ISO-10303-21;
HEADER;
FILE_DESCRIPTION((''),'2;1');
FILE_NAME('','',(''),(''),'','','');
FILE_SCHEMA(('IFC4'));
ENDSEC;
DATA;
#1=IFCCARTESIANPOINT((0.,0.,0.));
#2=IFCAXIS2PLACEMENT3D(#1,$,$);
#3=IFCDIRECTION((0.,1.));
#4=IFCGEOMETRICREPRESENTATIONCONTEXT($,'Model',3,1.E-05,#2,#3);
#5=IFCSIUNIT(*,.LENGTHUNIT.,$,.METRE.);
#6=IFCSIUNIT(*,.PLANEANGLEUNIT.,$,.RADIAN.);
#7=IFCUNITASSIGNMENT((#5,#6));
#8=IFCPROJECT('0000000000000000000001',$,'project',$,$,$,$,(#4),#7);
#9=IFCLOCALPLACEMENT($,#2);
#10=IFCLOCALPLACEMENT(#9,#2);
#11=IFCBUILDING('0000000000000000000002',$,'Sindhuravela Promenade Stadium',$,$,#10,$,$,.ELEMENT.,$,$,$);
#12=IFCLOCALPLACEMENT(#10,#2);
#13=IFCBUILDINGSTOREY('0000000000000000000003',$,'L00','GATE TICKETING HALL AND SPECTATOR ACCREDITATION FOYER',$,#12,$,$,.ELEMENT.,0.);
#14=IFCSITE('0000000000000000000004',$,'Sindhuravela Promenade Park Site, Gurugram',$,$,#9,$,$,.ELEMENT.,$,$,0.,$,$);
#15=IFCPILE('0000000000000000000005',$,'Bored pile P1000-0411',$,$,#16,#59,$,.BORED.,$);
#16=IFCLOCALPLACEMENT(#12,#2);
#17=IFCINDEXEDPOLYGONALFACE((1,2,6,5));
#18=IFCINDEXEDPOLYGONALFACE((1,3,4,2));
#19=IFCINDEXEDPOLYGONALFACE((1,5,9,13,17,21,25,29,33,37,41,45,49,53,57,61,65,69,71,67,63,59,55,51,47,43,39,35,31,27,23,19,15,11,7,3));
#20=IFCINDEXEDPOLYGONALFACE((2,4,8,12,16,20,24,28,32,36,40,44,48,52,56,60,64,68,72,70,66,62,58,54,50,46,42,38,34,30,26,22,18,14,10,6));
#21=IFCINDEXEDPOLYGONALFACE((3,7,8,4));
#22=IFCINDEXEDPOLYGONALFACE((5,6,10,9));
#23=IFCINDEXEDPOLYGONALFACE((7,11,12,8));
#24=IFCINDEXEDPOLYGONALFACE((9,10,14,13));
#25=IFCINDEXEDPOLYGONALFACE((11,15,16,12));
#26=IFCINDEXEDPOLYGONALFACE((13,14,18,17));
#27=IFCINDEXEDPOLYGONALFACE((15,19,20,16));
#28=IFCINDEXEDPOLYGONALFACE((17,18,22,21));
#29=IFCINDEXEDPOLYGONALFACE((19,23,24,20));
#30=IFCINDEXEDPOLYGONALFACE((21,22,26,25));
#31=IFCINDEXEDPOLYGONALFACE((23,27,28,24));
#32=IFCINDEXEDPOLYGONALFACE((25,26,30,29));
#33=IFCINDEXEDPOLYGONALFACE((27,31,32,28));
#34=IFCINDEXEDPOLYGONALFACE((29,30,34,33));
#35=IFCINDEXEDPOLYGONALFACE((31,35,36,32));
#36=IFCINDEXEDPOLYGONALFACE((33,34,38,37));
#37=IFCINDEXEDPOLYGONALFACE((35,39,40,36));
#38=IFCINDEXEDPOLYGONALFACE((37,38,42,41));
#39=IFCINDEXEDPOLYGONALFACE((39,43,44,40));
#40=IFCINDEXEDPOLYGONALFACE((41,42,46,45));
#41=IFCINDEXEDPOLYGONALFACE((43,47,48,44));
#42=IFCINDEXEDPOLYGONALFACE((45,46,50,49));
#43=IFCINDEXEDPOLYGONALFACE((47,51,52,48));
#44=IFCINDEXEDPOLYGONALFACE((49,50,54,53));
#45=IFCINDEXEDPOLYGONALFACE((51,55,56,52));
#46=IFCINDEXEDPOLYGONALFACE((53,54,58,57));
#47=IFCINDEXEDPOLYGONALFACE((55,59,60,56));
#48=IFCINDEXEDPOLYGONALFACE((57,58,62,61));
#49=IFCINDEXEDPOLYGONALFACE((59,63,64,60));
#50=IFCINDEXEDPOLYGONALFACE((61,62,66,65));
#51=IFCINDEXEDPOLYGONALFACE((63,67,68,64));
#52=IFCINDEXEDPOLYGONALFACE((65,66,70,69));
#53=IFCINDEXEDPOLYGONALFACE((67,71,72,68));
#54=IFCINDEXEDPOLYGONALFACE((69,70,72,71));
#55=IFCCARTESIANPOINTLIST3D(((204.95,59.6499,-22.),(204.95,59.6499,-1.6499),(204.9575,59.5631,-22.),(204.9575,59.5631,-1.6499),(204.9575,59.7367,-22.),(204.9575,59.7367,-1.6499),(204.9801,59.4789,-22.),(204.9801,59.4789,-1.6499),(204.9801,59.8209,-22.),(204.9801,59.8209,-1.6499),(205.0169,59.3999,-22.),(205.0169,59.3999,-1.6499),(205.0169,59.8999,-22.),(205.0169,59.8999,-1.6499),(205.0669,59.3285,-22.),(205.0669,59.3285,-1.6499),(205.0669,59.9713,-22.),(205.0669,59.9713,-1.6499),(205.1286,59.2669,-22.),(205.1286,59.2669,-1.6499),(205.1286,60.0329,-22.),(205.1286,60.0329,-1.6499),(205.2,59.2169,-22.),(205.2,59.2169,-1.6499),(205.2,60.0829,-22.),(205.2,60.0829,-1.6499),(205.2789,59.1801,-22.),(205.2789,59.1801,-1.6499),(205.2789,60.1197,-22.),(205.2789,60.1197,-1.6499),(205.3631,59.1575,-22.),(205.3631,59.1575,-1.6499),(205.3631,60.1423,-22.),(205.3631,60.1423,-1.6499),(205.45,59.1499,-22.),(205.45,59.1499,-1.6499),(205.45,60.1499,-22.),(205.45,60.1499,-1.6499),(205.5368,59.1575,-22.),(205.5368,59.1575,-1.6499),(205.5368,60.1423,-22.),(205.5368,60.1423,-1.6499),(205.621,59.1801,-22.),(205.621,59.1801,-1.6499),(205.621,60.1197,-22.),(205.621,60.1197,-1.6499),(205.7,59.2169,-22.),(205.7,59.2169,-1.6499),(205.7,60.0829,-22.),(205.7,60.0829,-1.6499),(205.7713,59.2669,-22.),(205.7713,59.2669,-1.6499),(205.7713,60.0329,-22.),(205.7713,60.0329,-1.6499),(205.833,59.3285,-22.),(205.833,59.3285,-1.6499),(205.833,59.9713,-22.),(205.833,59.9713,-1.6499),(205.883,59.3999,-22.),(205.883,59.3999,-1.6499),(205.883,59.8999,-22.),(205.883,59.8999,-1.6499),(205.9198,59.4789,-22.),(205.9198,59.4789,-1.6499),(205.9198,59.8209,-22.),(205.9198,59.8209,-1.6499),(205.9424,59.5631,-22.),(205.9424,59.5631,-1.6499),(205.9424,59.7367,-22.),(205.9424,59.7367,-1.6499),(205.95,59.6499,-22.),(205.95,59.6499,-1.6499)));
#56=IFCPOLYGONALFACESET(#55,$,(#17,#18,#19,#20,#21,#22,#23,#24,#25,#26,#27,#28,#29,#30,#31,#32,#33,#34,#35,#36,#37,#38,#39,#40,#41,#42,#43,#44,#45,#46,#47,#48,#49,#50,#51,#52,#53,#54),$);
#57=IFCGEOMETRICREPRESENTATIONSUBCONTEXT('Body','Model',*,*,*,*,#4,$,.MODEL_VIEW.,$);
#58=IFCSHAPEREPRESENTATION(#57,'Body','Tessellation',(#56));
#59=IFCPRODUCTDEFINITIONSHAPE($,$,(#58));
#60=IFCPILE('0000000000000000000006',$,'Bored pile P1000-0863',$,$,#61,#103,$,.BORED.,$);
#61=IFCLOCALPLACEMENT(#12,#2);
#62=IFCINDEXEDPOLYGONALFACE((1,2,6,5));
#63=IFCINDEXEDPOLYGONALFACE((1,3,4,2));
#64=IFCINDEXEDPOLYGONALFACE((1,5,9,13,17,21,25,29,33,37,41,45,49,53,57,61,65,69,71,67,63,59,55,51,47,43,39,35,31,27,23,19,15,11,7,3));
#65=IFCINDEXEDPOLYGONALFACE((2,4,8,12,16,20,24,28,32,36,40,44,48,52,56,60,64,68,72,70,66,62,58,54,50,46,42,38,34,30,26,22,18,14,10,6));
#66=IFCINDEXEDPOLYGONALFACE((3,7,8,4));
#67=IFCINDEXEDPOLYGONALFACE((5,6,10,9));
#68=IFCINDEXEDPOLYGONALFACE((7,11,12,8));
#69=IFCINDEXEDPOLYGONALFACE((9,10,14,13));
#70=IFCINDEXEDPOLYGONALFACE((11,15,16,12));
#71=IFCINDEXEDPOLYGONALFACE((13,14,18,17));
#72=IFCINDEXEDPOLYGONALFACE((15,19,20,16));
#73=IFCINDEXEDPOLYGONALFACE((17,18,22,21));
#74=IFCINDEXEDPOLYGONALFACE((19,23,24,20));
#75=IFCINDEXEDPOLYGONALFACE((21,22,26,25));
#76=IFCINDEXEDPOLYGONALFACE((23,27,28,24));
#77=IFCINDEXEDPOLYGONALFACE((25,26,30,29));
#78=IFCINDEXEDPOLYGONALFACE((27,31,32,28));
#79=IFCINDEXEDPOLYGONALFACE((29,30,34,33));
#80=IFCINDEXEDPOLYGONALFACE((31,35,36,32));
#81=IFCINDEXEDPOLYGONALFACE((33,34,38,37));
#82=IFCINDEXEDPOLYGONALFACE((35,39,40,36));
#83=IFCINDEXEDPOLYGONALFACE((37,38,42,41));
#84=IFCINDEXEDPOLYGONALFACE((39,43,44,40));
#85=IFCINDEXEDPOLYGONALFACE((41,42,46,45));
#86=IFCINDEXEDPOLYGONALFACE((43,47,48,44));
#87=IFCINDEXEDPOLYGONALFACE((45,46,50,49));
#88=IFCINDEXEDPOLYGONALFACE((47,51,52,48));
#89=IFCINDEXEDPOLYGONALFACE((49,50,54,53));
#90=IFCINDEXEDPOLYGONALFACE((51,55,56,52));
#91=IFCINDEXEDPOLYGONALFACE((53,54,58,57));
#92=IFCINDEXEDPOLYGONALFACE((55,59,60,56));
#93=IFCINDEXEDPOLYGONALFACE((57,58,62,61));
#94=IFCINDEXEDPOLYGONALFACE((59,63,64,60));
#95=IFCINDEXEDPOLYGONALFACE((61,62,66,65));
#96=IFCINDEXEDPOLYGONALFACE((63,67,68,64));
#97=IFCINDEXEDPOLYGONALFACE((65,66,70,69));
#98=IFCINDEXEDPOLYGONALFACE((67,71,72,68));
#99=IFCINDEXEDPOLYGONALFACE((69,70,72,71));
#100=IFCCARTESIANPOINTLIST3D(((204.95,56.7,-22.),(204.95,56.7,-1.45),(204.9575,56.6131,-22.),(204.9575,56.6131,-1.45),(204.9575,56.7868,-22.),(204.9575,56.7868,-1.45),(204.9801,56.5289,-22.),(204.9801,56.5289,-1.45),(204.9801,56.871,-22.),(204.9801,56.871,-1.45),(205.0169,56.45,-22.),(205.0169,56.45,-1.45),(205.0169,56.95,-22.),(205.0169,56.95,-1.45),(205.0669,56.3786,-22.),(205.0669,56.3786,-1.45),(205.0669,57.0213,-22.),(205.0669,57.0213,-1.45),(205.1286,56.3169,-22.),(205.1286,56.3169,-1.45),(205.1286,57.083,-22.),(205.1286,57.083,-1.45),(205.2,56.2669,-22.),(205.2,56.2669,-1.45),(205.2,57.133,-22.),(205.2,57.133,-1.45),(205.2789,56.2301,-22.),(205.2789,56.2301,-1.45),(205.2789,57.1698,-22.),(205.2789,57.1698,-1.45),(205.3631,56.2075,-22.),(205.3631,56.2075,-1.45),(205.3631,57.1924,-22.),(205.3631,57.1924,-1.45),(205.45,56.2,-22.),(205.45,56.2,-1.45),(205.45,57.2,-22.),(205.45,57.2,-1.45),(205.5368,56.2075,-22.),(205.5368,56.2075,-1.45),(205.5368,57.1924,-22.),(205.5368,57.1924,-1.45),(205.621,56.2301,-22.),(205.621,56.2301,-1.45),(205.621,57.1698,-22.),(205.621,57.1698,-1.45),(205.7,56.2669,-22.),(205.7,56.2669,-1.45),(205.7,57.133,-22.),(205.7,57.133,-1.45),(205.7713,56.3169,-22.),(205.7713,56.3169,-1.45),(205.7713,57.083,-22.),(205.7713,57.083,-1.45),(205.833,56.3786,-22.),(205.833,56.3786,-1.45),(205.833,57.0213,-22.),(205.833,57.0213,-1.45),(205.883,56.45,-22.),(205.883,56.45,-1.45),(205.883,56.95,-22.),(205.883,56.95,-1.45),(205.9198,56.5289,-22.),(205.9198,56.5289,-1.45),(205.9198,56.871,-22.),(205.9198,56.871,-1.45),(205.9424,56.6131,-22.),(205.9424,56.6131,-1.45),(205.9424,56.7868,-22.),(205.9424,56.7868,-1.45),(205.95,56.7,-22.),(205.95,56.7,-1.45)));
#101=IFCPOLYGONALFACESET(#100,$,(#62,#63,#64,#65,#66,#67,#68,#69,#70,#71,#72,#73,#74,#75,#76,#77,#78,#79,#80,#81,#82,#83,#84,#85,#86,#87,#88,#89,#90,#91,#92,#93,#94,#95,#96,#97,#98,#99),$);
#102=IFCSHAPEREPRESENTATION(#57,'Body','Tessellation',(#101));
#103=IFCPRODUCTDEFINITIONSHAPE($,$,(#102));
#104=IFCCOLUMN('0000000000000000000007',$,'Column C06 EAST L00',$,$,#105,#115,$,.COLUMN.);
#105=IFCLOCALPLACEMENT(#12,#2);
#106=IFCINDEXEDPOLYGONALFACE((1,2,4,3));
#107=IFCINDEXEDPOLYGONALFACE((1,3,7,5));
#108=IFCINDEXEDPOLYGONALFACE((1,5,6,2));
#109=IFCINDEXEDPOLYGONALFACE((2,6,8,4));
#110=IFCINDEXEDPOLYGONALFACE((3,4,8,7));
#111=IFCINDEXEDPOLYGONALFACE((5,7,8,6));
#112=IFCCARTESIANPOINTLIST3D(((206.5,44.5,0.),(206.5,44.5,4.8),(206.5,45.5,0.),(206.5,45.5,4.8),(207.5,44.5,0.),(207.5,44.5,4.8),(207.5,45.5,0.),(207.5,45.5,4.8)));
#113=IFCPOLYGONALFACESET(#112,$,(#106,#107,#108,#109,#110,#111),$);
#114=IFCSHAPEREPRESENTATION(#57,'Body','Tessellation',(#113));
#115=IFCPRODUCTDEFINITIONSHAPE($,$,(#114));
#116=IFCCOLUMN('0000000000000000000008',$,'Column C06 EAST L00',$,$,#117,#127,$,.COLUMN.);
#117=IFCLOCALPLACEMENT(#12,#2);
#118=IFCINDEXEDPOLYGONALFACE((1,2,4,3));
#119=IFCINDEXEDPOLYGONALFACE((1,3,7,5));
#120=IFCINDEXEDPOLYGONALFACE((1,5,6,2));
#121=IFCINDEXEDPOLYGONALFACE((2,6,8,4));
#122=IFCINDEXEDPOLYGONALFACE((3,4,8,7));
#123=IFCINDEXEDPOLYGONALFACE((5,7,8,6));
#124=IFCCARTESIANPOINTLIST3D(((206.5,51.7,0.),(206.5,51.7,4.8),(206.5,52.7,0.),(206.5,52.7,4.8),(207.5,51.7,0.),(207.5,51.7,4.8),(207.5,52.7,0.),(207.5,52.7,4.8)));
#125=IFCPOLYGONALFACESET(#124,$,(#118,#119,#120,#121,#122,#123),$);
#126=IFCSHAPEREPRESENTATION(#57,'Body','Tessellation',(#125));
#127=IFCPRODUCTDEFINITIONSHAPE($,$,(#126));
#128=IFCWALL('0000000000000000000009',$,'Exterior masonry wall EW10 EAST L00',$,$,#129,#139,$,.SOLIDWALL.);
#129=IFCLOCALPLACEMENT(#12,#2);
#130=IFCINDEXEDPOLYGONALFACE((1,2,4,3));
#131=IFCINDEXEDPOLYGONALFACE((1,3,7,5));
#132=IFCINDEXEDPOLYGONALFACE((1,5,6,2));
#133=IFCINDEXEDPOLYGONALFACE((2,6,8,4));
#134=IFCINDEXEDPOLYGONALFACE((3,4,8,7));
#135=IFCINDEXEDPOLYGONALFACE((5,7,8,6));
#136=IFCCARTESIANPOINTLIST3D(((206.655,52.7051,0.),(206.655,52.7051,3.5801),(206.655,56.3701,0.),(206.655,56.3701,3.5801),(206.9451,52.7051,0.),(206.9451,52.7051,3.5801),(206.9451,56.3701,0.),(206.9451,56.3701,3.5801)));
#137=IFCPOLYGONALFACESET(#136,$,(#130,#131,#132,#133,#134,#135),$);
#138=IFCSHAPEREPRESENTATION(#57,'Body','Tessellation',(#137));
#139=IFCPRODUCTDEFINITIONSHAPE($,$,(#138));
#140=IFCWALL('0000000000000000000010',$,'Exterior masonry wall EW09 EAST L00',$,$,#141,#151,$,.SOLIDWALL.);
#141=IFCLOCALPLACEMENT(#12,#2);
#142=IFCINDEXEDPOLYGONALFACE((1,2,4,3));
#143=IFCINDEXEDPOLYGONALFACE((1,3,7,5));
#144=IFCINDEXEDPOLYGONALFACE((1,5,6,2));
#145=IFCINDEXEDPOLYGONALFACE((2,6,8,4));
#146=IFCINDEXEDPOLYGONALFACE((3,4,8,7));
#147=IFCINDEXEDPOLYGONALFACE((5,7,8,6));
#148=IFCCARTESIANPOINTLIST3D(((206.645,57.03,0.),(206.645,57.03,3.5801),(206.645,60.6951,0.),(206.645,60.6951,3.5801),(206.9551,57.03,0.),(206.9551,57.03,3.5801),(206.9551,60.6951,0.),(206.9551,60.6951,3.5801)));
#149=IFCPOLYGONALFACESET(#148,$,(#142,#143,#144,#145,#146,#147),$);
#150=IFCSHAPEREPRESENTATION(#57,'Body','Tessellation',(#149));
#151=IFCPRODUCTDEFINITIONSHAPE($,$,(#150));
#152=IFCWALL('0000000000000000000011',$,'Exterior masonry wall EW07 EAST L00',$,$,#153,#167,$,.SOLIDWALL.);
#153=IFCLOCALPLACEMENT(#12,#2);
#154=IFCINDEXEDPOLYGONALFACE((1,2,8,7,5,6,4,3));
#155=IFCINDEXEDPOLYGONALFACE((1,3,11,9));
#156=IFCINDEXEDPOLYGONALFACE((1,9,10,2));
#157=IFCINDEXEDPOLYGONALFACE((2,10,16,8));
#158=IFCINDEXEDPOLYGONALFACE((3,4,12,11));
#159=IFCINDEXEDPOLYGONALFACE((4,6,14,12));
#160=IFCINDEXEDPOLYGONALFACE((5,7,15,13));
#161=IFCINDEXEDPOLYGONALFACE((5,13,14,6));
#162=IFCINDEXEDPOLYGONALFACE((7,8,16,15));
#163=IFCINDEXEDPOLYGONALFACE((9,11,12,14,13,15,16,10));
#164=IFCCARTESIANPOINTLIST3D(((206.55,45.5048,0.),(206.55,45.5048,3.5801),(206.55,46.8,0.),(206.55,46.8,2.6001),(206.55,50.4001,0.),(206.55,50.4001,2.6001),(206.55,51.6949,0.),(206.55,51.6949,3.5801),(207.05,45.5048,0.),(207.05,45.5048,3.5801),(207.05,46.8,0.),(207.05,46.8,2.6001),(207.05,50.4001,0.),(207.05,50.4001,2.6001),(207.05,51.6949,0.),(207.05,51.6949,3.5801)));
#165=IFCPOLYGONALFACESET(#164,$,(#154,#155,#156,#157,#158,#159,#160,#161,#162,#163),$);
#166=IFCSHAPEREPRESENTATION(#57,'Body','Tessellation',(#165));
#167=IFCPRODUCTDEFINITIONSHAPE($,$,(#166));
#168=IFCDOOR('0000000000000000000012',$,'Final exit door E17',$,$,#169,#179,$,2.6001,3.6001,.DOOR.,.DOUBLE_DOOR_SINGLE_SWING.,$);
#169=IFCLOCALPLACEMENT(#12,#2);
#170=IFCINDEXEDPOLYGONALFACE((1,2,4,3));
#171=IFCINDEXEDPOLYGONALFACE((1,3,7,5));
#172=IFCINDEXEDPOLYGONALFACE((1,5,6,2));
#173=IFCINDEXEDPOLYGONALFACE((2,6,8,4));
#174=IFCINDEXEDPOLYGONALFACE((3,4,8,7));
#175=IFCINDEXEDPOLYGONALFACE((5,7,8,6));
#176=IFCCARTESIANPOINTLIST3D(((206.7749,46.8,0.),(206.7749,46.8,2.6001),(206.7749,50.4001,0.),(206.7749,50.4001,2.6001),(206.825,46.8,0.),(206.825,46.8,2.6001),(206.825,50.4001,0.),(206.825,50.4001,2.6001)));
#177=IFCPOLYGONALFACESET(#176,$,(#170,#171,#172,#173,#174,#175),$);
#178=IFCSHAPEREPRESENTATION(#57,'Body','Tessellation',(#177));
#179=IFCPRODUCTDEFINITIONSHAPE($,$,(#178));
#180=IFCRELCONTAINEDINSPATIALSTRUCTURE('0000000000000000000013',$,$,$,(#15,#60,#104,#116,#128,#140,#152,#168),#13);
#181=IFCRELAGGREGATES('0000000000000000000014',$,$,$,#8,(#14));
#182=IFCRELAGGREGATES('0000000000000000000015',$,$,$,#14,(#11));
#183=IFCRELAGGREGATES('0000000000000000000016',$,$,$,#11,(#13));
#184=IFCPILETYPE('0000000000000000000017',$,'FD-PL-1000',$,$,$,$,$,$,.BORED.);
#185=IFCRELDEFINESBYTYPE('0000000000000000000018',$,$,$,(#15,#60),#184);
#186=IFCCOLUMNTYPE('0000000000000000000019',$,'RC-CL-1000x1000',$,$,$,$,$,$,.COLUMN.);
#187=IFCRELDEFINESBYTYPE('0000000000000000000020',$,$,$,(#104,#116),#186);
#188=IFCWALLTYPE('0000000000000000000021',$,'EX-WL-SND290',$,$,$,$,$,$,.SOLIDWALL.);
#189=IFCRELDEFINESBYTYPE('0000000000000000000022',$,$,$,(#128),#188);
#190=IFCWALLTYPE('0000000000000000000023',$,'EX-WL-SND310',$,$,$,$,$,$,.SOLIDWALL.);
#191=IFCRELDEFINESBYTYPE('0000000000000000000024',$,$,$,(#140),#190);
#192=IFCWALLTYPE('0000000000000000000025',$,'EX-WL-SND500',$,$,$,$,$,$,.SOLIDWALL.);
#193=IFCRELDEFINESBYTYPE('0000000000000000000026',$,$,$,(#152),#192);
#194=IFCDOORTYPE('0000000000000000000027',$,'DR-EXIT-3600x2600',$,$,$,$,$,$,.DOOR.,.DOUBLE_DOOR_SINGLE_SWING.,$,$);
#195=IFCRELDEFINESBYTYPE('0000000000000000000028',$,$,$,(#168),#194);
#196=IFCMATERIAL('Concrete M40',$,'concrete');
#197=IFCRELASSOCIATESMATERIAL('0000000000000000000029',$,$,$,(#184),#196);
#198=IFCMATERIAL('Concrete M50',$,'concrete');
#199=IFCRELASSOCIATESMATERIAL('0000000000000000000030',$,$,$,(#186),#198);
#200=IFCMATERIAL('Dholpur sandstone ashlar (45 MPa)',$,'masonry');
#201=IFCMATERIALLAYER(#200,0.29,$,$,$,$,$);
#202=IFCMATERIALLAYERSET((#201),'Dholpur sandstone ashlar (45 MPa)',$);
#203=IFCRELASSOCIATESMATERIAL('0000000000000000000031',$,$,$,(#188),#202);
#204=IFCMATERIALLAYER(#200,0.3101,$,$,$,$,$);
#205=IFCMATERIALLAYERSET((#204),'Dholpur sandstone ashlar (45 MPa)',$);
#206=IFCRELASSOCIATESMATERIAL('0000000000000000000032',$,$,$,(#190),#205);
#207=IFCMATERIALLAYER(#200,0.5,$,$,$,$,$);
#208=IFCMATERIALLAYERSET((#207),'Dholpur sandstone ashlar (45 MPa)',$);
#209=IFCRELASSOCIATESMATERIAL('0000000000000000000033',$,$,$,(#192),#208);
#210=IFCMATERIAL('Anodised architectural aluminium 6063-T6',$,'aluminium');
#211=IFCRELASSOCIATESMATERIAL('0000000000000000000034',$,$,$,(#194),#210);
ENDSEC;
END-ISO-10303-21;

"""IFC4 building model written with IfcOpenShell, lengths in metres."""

from ifc_helpers import new_model, si_unit, direction, frame, frame_2d, origin, origin_2d, place, context, subcontext, project, spatial, rectangle, circle, extrude, material, layer, layer_set, material_profile, profile_set, type_object, element, fill, save


model = new_model("IFC4")

# Units and contexts
model_context = context("Model", 3, precision=1e-05, world=origin(), true_north=direction((0.0, 1.0)))
body_context = subcontext(model_context, "Body", "Model", "MODEL_VIEW")
ifc_project = project(units=[si_unit("LENGTHUNIT", "METRE"), si_unit("PLANEANGLEUNIT", "RADIAN")], contexts=[model_context])

# Site, building, storey
site_placement = place(None, origin())
site = spatial("IfcSite", under=ifc_project, at=site_placement, Name="Sindhuravela Promenade Park Site, Gurugram", CompositionType="ELEMENT", RefElevation=0.0)
building_placement = place(site_placement, origin())
building = spatial("IfcBuilding", under=site, at=building_placement, Name="Sindhuravela Promenade Stadium", CompositionType="ELEMENT")
storey_placement = place(building_placement, origin())
storey = spatial("IfcBuildingStorey", under=building, at=storey_placement, Name="L00", Description="GATE TICKETING HALL AND SPECTATOR ACCREDITATION FOYER", CompositionType="ELEMENT", Elevation=0.0)

# Shared definitions
ifc_material_1 = material(Name="Concrete M50", Category="concrete")

# Piles
ifc_material_2 = material(Name="Concrete M40", Category="concrete")
ifc_material_profile_1 = material_profile(ifc_material_2, circle(Radius=0.5, at=origin_2d()), Name="BORED PILE D1000")
ifc_profile_set_1 = profile_set([ifc_material_profile_1], Name="Concrete M40")
pile_type = type_object("IfcPileType", Name="FD-PL-1000", PredefinedType="BORED", material=ifc_profile_set_1)
for number, where, z_axis, x_axis, name in (
    (1, (205.45, 59.6499, -1.6499), (0.0, 0.0, -1.0), (1.0, 0.0, 0.0), "Bored pile P1000-0411"),
):
    element("IfcPile", number, at=place(storey_placement, frame(where, z_axis=z_axis, x_axis=x_axis)), inside=storey, type_object=pile_type, Name=name, PredefinedType="BORED", context=body_context, shape_type="SweptSolid", body=[
        extrude(circle(Radius=0.5, at=origin_2d()), origin(), (0.0, 0.0, 1.0), 20.3501),
    ])
pile_placement = place(storey_placement, frame((205.45, 56.7, -1.45), z_axis=(0.0, 0.0, -1.0), x_axis=(1.0, 0.0, 0.0)))
element("IfcPile", 2, at=pile_placement, inside=storey, type_object=pile_type, Name="Bored pile P1000-0863", PredefinedType="BORED", context=body_context, shape_type="SweptSolid", body=[
    extrude(circle(Radius=0.5, at=origin_2d()), origin(), (0.0, 0.0, 1.0), 20.55),
])

# Columns
ifc_material_profile_2 = material_profile(ifc_material_1, rectangle(XDim=1.0, YDim=1.0, at=origin_2d()), Name="RC 1000x1000")
ifc_profile_set_2 = profile_set([ifc_material_profile_2], Name="Concrete M50")
column_type = type_object("IfcColumnType", Name="RC-CL-1000x1000", PredefinedType="COLUMN", material=ifc_profile_set_2)
for number, where, z_axis, x_axis, name in (
    (3, (207.0, 45.0, 0.0), (0.0, 0.0, 1.0), (1.0, 0.0, 0.0), "Column C06 EAST L00"),
    (4, (207.0, 52.2, 0.0), (0.0, 0.0, 1.0), (1.0, 0.0, 0.0), "Column C06 EAST L00"),
):
    element("IfcColumn", number, at=place(storey_placement, frame(where, z_axis=z_axis, x_axis=x_axis)), inside=storey, type_object=column_type, Name=name, PredefinedType="COLUMN", context=body_context, shape_type="SweptSolid", body=[
        extrude(rectangle(XDim=1.0, YDim=1.0, at=origin_2d()), origin(), (0.0, 0.0, 1.0), 4.8),
    ])

# Walls
ifc_material_3 = material(Name="Dholpur sandstone ashlar (45 MPa)", Category="masonry")
ifc_layer_1 = layer(ifc_material_3, 0.29)
ifc_layer_set_1 = layer_set([ifc_layer_1], Name="Dholpur sandstone ashlar (45 MPa)")
wall_type_1 = type_object("IfcWallType", Name="EX-WL-SND290", PredefinedType="SOLIDWALL", material=ifc_layer_set_1)
wall_1_placement = place(storey_placement, frame((206.8, 56.3701, 0.0), z_axis=(0.0, 0.0, 1.0), x_axis=(0.0, -1.0, 0.0)))
element("IfcWall", 5, at=wall_1_placement, inside=storey, type_object=wall_type_1, Name="Exterior masonry wall EW10 EAST L00", PredefinedType="SOLIDWALL", context=body_context, shape_type="SweptSolid", body=[
    extrude(rectangle(XDim=3.665, YDim=0.29, at=frame_2d((1.8325, 0.0))), origin(), (0.0, 0.0, 1.0), 3.5801),
])
ifc_layer_2 = layer(ifc_material_3, 0.3101)
ifc_layer_set_2 = layer_set([ifc_layer_2], Name="Dholpur sandstone ashlar (45 MPa)")
wall_type_2 = type_object("IfcWallType", Name="EX-WL-SND310", PredefinedType="SOLIDWALL", material=ifc_layer_set_2)
wall_2_placement = place(storey_placement, frame((206.8, 60.6951, 0.0), z_axis=(0.0, 0.0, 1.0), x_axis=(0.0, -1.0, 0.0)))
element("IfcWall", 6, at=wall_2_placement, inside=storey, type_object=wall_type_2, Name="Exterior masonry wall EW09 EAST L00", PredefinedType="SOLIDWALL", context=body_context, shape_type="SweptSolid", body=[
    extrude(rectangle(XDim=3.665, YDim=0.3101, at=frame_2d((1.8325, 0.0))), origin(), (0.0, 0.0, 1.0), 3.5801),
])

# Wall, opening, door
ifc_layer_3 = layer(ifc_material_3, 0.5)
ifc_layer_set_3 = layer_set([ifc_layer_3], Name="Dholpur sandstone ashlar (45 MPa)")
wall_type_3 = type_object("IfcWallType", Name="EX-WL-SND500", PredefinedType="SOLIDWALL", material=ifc_layer_set_3)
wall_3_placement = place(storey_placement, frame((206.8, 51.6951, 0.0), z_axis=(0.0, 0.0, 1.0), x_axis=(0.0, -1.0, 0.0)))
wall_3 = element("IfcWall", 7, at=wall_3_placement, inside=storey, type_object=wall_type_3, Name="Exterior masonry wall EW07 EAST L00", PredefinedType="SOLIDWALL", context=body_context, shape_type="SweptSolid", body=[
    extrude(rectangle(XDim=6.1902, YDim=0.5, at=frame_2d((3.0952, 0.0))), origin(), (0.0, 0.0, 1.0), 3.5801),
])
opening_1_placement = place(wall_3_placement, frame((1.2949, 0.0, 0.0)))
opening_1 = element("IfcOpeningElement", 8, at=opening_1_placement, cuts=wall_3, PredefinedType="OPENING", context=body_context, shape_type="SweptSolid", body=[
    extrude(rectangle(XDim=3.6001, YDim=2.6001, at=frame_2d((1.8, 1.3))), frame((0.0, 0.26, 0.0), z_axis=(0.0, -1.0, 0.0), x_axis=(1.0, 0.0, 0.0)), (0.0, 0.0, 1.0), 0.52),
])
ifc_material_4 = material(Name="Anodised architectural aluminium 6063-T6", Category="aluminium")
door_type_1 = type_object("IfcDoorType", Name="DR-EXIT-3600x2600", OperationType="DOUBLE_DOOR_SINGLE_SWING", PredefinedType="DOOR", material=ifc_material_4)
door_1_placement = place(opening_1_placement, origin())
door_1 = element("IfcDoor", 9, at=door_1_placement, inside=storey, type_object=door_type_1, Name="Final exit door E17", OperationType="DOUBLE_DOOR_SINGLE_SWING", OverallHeight=2.6001, OverallWidth=3.6001, PredefinedType="DOOR", context=body_context, shape_type="SweptSolid", body=[
    extrude(rectangle(XDim=3.6001, YDim=2.6001, at=frame_2d((1.8, 1.3))), frame((0.0, 0.0249, 0.0), z_axis=(0.0, -1.0, 0.0), x_axis=(1.0, 0.0, 0.0)), (0.0, 0.0, 1.0), 0.05),
])
fill(opening_1, door_1)

save(model, "model.ifc")
